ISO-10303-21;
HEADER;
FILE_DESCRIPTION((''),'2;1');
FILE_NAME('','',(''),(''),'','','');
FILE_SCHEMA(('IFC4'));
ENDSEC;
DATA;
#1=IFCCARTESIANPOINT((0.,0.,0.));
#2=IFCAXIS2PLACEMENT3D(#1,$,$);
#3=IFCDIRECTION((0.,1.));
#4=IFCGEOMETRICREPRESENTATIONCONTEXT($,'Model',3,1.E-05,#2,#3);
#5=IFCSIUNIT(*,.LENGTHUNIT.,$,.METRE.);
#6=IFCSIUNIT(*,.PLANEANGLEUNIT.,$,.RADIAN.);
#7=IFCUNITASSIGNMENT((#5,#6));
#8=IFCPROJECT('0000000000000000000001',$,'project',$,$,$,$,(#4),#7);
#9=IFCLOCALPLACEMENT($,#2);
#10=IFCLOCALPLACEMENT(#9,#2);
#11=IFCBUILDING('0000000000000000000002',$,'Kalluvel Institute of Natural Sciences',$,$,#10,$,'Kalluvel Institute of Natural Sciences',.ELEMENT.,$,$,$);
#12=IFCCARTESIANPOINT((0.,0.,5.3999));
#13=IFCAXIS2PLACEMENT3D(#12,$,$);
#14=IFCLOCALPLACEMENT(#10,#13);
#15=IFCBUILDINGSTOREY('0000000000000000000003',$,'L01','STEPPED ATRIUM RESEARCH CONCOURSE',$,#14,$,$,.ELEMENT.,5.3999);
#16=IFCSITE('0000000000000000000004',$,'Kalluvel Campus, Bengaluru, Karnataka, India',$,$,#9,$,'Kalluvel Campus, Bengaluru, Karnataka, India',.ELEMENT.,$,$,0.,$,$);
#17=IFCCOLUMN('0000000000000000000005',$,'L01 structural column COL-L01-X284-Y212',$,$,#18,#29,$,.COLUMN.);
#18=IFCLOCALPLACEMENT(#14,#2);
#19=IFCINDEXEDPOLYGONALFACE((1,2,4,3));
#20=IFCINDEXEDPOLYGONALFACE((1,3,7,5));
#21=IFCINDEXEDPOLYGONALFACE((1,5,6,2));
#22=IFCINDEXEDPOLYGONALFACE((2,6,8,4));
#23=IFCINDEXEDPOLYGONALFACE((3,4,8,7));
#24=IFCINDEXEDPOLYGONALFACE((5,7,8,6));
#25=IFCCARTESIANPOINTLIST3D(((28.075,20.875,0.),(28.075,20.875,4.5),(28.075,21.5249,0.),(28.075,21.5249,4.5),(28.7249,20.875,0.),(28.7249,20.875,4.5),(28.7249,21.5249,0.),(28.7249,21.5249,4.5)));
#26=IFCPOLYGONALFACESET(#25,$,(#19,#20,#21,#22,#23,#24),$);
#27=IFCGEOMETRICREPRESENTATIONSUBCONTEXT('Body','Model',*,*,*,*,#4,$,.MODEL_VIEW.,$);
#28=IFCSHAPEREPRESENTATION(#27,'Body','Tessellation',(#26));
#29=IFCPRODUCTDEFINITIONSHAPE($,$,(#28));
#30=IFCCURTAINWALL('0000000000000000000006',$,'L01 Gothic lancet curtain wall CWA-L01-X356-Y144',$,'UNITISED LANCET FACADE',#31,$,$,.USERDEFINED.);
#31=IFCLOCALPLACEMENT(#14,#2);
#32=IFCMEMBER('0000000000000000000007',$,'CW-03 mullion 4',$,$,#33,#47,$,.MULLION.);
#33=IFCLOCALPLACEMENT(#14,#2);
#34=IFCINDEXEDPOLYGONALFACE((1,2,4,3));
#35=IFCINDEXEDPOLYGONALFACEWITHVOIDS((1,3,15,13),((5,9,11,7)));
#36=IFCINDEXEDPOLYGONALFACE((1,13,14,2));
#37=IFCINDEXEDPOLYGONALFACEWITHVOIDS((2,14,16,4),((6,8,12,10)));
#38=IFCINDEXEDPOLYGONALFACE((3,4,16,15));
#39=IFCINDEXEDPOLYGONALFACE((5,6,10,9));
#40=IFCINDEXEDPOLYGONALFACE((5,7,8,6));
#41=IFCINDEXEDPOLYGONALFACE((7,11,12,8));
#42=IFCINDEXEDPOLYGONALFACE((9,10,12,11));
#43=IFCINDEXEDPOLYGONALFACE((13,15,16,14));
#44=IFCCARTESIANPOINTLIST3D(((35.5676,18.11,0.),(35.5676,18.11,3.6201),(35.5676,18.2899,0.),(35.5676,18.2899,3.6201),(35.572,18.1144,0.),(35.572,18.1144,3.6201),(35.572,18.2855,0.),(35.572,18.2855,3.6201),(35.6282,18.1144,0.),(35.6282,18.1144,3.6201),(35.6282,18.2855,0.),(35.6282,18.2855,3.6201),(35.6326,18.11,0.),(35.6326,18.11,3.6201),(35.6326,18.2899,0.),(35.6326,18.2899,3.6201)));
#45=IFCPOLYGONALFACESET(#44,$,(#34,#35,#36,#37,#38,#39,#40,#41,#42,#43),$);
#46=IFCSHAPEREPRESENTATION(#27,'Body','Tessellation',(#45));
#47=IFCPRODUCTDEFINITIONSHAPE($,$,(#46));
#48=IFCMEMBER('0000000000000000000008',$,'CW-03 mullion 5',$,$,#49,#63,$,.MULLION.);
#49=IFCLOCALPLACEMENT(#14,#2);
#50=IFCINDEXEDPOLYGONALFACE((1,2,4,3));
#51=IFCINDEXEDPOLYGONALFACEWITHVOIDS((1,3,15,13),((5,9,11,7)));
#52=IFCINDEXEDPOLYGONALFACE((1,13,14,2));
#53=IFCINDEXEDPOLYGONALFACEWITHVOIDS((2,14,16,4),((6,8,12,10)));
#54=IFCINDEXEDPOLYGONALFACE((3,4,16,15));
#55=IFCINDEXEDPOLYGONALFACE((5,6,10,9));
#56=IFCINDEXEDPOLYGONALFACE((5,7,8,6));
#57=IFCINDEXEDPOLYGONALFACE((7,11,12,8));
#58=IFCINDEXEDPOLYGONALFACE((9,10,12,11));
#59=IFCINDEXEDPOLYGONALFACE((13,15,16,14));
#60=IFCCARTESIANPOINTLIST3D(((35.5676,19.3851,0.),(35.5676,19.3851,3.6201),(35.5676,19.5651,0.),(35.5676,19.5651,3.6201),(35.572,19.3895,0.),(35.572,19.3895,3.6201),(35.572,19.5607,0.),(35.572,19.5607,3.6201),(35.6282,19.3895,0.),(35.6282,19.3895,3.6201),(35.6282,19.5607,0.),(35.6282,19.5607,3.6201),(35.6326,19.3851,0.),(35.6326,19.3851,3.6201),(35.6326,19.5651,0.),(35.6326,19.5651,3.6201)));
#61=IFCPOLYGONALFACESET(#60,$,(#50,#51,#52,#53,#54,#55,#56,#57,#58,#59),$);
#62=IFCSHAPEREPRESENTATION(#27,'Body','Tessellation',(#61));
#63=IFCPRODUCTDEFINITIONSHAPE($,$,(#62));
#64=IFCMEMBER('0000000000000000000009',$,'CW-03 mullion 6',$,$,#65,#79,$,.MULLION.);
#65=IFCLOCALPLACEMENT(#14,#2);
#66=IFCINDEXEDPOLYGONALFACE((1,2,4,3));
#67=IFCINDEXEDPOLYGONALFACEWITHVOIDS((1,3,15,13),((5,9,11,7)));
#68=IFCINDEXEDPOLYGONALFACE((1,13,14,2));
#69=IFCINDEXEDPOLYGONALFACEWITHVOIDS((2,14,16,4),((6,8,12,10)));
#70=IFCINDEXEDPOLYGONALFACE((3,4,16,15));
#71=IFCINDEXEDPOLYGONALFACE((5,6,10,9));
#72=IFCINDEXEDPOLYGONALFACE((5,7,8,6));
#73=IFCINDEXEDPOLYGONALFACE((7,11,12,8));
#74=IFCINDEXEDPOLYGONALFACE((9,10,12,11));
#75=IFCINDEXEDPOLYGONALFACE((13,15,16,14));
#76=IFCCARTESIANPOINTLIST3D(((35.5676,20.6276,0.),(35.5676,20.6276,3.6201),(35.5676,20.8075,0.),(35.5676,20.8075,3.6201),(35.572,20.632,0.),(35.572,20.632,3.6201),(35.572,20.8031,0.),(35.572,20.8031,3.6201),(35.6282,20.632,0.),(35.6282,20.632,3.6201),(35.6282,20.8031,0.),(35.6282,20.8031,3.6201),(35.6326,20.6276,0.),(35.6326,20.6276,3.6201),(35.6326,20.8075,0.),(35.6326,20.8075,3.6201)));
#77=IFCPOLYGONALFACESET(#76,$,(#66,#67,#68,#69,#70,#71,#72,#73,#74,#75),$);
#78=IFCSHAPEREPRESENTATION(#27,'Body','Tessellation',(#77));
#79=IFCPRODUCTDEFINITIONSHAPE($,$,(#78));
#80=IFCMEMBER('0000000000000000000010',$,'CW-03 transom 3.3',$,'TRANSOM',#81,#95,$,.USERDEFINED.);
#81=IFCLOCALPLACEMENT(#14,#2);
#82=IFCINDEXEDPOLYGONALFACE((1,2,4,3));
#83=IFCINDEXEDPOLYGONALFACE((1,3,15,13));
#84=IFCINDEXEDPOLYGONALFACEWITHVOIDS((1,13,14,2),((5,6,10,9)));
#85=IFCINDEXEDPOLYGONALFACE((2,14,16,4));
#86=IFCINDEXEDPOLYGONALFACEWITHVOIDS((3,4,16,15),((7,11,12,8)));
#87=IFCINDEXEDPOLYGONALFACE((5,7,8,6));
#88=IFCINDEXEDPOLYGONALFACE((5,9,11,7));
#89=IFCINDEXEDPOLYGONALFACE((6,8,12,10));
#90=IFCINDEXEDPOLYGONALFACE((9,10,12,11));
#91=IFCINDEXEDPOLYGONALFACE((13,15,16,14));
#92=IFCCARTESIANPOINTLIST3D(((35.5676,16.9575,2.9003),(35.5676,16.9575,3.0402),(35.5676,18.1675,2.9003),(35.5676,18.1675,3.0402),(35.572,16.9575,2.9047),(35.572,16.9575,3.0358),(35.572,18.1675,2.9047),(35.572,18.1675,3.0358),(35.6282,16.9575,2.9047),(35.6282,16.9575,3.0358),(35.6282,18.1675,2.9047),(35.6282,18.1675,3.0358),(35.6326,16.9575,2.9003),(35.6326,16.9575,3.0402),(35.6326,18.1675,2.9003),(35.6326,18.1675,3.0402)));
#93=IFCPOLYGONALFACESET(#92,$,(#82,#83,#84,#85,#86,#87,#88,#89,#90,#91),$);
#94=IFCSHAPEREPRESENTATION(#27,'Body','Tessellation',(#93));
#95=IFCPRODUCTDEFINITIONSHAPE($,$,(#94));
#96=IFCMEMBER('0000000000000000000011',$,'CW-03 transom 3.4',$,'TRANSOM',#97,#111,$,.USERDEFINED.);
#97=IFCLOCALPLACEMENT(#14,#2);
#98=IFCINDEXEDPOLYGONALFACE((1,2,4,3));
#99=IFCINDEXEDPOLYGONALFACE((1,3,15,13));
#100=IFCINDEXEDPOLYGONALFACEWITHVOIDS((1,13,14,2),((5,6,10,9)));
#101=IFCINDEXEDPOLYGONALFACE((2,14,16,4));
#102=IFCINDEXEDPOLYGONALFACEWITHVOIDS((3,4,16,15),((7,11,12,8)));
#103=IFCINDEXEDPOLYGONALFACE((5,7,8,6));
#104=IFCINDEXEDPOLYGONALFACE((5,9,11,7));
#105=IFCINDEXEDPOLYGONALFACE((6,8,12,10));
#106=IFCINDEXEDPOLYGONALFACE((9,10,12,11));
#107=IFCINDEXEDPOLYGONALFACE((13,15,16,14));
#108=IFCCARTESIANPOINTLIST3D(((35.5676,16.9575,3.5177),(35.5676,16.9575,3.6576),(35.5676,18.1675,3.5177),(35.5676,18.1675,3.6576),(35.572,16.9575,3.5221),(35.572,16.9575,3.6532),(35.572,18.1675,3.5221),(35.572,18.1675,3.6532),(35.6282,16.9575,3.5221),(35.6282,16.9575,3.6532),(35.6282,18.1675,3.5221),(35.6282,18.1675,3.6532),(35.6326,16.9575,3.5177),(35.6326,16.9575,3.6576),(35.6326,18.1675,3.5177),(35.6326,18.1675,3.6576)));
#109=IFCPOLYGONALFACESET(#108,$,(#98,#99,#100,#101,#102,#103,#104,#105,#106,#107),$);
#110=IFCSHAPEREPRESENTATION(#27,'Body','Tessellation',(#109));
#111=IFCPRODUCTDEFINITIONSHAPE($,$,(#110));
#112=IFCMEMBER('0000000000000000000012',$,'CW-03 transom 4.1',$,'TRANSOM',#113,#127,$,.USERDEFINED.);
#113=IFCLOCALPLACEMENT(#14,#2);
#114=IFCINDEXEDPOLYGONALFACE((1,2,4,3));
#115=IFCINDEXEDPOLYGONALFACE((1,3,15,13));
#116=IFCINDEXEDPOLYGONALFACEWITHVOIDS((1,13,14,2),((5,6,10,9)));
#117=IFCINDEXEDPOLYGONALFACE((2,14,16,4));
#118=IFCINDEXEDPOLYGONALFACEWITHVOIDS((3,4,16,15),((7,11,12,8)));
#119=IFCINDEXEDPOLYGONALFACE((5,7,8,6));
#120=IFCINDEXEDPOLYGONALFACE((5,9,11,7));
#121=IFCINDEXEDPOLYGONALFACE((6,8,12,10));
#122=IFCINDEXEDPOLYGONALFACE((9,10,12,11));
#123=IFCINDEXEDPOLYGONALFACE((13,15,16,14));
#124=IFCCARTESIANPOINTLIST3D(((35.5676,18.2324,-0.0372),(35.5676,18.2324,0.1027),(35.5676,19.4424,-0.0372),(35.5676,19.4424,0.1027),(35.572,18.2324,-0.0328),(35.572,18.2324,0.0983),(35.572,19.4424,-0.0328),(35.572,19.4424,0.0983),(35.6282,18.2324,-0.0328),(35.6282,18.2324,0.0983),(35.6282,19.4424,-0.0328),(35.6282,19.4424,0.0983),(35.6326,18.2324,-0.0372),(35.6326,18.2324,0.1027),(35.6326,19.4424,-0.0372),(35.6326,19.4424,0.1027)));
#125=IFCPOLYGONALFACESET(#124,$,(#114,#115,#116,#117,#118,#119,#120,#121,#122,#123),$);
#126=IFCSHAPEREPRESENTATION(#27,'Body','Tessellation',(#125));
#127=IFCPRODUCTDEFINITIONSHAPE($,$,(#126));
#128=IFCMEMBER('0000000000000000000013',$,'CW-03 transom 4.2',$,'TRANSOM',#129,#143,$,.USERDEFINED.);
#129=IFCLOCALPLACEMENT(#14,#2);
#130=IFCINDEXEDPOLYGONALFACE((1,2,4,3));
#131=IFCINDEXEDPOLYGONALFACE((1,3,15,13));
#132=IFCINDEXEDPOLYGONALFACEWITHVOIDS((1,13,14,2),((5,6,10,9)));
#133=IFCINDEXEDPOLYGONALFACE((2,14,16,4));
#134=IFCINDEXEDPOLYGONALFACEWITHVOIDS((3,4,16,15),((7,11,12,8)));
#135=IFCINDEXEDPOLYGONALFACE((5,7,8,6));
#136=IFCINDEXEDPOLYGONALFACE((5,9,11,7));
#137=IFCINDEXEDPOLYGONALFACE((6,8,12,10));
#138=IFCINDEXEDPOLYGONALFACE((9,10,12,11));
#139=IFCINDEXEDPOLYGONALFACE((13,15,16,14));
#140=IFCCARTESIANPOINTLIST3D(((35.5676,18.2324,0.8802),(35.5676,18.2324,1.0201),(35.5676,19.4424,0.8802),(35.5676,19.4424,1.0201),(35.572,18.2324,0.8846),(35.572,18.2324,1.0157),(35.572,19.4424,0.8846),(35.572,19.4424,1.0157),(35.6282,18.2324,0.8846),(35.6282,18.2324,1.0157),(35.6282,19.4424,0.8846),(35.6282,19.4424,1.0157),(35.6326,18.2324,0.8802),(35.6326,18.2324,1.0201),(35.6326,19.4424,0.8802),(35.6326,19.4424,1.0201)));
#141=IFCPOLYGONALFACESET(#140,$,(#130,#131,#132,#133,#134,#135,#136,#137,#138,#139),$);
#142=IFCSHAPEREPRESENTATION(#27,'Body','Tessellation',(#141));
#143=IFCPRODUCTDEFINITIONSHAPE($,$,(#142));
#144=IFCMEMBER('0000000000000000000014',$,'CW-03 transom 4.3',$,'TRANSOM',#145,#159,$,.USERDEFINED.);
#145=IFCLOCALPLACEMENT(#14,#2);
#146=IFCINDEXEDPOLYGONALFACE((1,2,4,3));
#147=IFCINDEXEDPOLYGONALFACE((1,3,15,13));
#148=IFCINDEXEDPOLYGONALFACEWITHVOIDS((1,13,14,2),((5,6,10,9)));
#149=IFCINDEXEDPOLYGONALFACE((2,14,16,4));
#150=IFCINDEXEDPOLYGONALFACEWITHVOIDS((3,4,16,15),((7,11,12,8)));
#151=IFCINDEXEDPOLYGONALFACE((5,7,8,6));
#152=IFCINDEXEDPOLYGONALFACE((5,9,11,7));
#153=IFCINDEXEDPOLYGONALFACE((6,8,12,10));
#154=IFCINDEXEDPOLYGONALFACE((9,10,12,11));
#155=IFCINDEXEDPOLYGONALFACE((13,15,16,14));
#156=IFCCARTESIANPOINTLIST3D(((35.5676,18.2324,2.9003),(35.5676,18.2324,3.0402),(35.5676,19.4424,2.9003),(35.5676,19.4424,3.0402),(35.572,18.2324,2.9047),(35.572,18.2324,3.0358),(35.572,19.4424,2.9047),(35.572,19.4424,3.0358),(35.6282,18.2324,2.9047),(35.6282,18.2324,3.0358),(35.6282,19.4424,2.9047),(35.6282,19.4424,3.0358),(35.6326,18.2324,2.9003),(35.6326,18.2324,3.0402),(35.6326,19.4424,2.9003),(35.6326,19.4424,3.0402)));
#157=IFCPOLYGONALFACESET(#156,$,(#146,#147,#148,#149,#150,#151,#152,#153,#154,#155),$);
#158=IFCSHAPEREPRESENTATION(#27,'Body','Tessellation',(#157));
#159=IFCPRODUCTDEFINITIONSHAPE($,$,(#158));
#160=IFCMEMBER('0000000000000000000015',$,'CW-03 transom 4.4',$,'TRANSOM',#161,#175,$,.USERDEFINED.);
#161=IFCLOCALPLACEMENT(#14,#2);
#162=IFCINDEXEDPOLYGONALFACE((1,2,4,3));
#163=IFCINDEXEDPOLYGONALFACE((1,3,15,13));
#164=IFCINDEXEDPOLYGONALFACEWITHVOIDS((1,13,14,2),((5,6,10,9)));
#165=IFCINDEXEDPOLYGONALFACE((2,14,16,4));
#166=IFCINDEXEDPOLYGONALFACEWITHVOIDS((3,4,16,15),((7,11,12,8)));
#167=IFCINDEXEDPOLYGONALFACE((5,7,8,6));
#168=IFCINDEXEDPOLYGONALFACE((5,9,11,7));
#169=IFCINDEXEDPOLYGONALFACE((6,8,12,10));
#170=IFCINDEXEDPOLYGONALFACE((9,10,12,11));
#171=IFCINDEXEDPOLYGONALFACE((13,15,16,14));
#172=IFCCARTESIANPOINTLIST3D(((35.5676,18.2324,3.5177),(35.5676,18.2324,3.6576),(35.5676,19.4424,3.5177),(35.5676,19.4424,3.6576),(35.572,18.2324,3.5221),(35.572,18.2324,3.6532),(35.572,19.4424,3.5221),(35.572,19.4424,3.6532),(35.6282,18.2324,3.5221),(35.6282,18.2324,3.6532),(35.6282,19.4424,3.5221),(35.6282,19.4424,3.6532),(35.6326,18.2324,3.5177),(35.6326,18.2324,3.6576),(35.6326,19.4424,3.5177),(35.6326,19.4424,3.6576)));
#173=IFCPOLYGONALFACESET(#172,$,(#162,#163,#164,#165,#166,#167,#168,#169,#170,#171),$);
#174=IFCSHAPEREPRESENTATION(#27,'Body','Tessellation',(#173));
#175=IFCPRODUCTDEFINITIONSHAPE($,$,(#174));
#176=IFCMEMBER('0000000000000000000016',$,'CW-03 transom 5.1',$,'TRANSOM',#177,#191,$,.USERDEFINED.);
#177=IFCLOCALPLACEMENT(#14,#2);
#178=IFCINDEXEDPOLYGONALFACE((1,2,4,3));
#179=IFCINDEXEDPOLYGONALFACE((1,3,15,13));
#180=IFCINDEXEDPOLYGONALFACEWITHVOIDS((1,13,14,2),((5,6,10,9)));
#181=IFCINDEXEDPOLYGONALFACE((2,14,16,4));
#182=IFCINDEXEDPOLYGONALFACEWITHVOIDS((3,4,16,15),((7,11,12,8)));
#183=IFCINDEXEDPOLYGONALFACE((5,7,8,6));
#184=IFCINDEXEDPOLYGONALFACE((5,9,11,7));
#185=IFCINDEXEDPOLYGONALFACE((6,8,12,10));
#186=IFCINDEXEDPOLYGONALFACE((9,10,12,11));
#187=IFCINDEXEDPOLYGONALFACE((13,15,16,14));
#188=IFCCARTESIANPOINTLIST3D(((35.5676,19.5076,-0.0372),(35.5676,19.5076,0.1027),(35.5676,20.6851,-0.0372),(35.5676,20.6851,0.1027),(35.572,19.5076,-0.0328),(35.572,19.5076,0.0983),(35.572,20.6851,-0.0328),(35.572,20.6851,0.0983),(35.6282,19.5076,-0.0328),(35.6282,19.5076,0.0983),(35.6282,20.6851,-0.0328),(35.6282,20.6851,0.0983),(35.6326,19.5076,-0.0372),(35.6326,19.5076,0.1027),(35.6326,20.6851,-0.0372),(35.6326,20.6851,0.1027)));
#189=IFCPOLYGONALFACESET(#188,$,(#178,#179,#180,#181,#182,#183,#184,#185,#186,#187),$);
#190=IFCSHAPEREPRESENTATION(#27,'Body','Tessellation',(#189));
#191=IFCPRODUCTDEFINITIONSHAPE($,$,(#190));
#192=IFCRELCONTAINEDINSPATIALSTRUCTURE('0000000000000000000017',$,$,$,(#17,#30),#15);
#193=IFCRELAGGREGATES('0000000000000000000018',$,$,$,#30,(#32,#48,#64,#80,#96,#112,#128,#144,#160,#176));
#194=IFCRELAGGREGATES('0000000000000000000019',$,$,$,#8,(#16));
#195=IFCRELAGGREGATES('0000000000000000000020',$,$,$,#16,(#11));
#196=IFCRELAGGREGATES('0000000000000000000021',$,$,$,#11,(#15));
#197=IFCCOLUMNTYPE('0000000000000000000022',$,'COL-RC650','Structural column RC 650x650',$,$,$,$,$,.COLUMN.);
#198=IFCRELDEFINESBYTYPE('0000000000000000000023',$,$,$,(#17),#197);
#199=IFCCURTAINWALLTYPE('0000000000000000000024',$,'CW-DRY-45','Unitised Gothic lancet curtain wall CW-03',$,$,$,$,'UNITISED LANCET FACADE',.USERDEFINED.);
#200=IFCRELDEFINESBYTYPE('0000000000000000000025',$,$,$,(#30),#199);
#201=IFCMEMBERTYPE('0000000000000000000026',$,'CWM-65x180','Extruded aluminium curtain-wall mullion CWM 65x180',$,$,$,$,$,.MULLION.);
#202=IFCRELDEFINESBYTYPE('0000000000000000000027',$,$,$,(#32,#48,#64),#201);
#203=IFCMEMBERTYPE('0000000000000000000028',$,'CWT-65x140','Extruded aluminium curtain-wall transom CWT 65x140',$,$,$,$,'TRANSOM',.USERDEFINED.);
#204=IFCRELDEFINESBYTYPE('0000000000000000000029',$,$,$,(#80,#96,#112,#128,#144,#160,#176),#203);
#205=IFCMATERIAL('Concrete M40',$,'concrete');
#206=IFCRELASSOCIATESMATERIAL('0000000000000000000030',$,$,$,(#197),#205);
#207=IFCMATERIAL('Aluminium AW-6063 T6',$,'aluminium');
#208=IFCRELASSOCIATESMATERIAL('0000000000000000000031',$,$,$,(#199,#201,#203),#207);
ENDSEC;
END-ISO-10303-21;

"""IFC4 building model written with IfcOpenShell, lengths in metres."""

from ifc_helpers import new_model, si_unit, direction, frame, origin, origin_2d, place, context, subcontext, project, spatial, rectangle, hollow_rectangle, extrude, material, material_profile, profile_set, type_object, element, aggregate, save


model = new_model("IFC4")

# Units and contexts
model_context = context("Model", 3, precision=1e-05, world=origin(), true_north=direction((0.0, 1.0)))
body_context = subcontext(model_context, "Body", "Model", "MODEL_VIEW")
ifc_project = project(units=[si_unit("LENGTHUNIT", "METRE"), si_unit("PLANEANGLEUNIT", "RADIAN")], contexts=[model_context])

# Site, building, storey
site_placement = place(None, origin())
site = spatial("IfcSite", under=ifc_project, at=site_placement, Name="Kalluvel Campus, Bengaluru, Karnataka, India", LongName="Kalluvel Campus, Bengaluru, Karnataka, India", CompositionType="ELEMENT", RefElevation=0.0)
building_placement = place(site_placement, origin())
building = spatial("IfcBuilding", under=site, at=building_placement, Name="Kalluvel Institute of Natural Sciences", LongName="Kalluvel Institute of Natural Sciences", CompositionType="ELEMENT")
storey_placement = place(building_placement, frame((0.0, 0.0, 5.3999)))
storey = spatial("IfcBuildingStorey", under=building, at=storey_placement, Name="L01", Description="STEPPED ATRIUM RESEARCH CONCOURSE", CompositionType="ELEMENT", Elevation=5.3999)

# Column
ifc_material_1 = material(Name="Concrete M40", Category="concrete")
ifc_material_profile_1 = material_profile(ifc_material_1, rectangle(XDim=0.6499, YDim=0.6499, at=origin_2d()), Name="RC 650x650")
ifc_profile_set_1 = profile_set([ifc_material_profile_1], Name="Concrete M40")
column_type = type_object("IfcColumnType", Name="COL-RC650", Description="Structural column RC 650x650", PredefinedType="COLUMN", material=ifc_profile_set_1)
column_placement = place(storey_placement, frame((28.3999, 21.2, 0.0), z_axis=(0.0, 0.0, 1.0), x_axis=(1.0, 0.0, 0.0)))
element("IfcColumn", 1, at=column_placement, inside=storey, type_object=column_type, Name="L01 structural column COL-L01-X284-Y212", PredefinedType="COLUMN", context=body_context, shape_type="SweptSolid", body=[
    extrude(rectangle(XDim=0.6499, YDim=0.6499, at=origin_2d()), origin(), (0.0, 0.0, 1.0), 4.5),
])

# Curtain wall, members
ifc_material_2 = material(Name="Aluminium AW-6063 T6", Category="aluminium")
curtain_wall_type = type_object("IfcCurtainWallType", Name="CW-DRY-45", Description="Unitised Gothic lancet curtain wall CW-03", ElementType="UNITISED LANCET FACADE", PredefinedType="USERDEFINED", material=ifc_material_2)
curtain_wall_placement = place(storey_placement, origin())
curtain_wall = element("IfcCurtainWall", 2, at=curtain_wall_placement, inside=storey, type_object=curtain_wall_type, Name="L01 Gothic lancet curtain wall CWA-L01-X356-Y144", ObjectType="UNITISED LANCET FACADE", PredefinedType="USERDEFINED")
ifc_material_profile_2 = material_profile(ifc_material_2, hollow_rectangle(XDim=0.0649, YDim=0.1799, WallThickness=0.0044, at=origin_2d()), Name="CWM 65x180")
ifc_profile_set_2 = profile_set([ifc_material_profile_2], Name="Aluminium AW-6063 T6")
member_type_1 = type_object("IfcMemberType", Name="CWM-65x180", Description="Extruded aluminium curtain-wall mullion CWM 65x180", PredefinedType="MULLION", material=ifc_profile_set_2)
member_1_placement = place(storey_placement, frame((35.6001, 18.2, 0.0), z_axis=(0.0, 0.0, 1.0), x_axis=(-1.0, 0.0, 0.0)))
member_1 = element("IfcMember", 3, at=member_1_placement, type_object=member_type_1, Name="CW-03 mullion 4", PredefinedType="MULLION", context=body_context, shape_type="SweptSolid", body=[
    extrude(hollow_rectangle(XDim=0.0649, YDim=0.1799, WallThickness=0.0044, at=origin_2d()), origin(), (0.0, 0.0, 1.0), 3.6201),
])
member_2_placement = place(storey_placement, frame((35.6001, 19.4751, 0.0), z_axis=(0.0, 0.0, 1.0), x_axis=(-1.0, 0.0, 0.0)))
member_2 = element("IfcMember", 4, at=member_2_placement, type_object=member_type_1, Name="CW-03 mullion 5", PredefinedType="MULLION", context=body_context, shape_type="SweptSolid", body=[
    extrude(hollow_rectangle(XDim=0.0649, YDim=0.1799, WallThickness=0.0044, at=origin_2d()), origin(), (0.0, 0.0, 1.0), 3.6201),
])
member_3_placement = place(storey_placement, frame((35.6001, 20.7175, 0.0), z_axis=(0.0, 0.0, 1.0), x_axis=(-1.0, 0.0, 0.0)))
member_3 = element("IfcMember", 5, at=member_3_placement, type_object=member_type_1, Name="CW-03 mullion 6", PredefinedType="MULLION", context=body_context, shape_type="SweptSolid", body=[
    extrude(hollow_rectangle(XDim=0.0649, YDim=0.1799, WallThickness=0.0044, at=origin_2d()), origin(), (0.0, 0.0, 1.0), 3.6201),
])
ifc_material_profile_3 = material_profile(ifc_material_2, hollow_rectangle(XDim=0.0649, YDim=0.1399, WallThickness=0.0044, at=origin_2d()), Name="CWT 65x140")
ifc_profile_set_3 = profile_set([ifc_material_profile_3], Name="Aluminium AW-6063 T6")
member_type_2 = type_object("IfcMemberType", Name="CWT-65x140", Description="Extruded aluminium curtain-wall transom CWT 65x140", ElementType="TRANSOM", PredefinedType="USERDEFINED", material=ifc_profile_set_3)
member_4_placement = place(storey_placement, frame((35.6001, 16.9575, 2.9702), z_axis=(0.0, 1.0, 0.0), x_axis=(-1.0, 0.0, 0.0)))
member_4 = element("IfcMember", 6, at=member_4_placement, type_object=member_type_2, Name="CW-03 transom 3.3", ObjectType="TRANSOM", PredefinedType="USERDEFINED", context=body_context, shape_type="SweptSolid", body=[
    extrude(hollow_rectangle(XDim=0.0649, YDim=0.1399, WallThickness=0.0044, at=origin_2d()), origin(), (0.0, 0.0, 1.0), 1.21),
])
member_5_placement = place(storey_placement, frame((35.6001, 16.9575, 3.5876), z_axis=(0.0, 1.0, 0.0), x_axis=(-1.0, 0.0, 0.0)))
member_5 = element("IfcMember", 7, at=member_5_placement, type_object=member_type_2, Name="CW-03 transom 3.4", ObjectType="TRANSOM", PredefinedType="USERDEFINED", context=body_context, shape_type="SweptSolid", body=[
    extrude(hollow_rectangle(XDim=0.0649, YDim=0.1399, WallThickness=0.0044, at=origin_2d()), origin(), (0.0, 0.0, 1.0), 1.21),
])
member_6_placement = place(storey_placement, frame((35.6001, 18.2324, 0.0327), z_axis=(0.0, 1.0, 0.0), x_axis=(-1.0, 0.0, 0.0)))
member_6 = element("IfcMember", 8, at=member_6_placement, type_object=member_type_2, Name="CW-03 transom 4.1", ObjectType="TRANSOM", PredefinedType="USERDEFINED", context=body_context, shape_type="SweptSolid", body=[
    extrude(hollow_rectangle(XDim=0.0649, YDim=0.1399, WallThickness=0.0044, at=origin_2d()), origin(), (0.0, 0.0, 1.0), 1.21),
])
member_7_placement = place(storey_placement, frame((35.6001, 18.2324, 0.9502), z_axis=(0.0, 1.0, 0.0), x_axis=(-1.0, 0.0, 0.0)))
member_7 = element("IfcMember", 9, at=member_7_placement, type_object=member_type_2, Name="CW-03 transom 4.2", ObjectType="TRANSOM", PredefinedType="USERDEFINED", context=body_context, shape_type="SweptSolid", body=[
    extrude(hollow_rectangle(XDim=0.0649, YDim=0.1399, WallThickness=0.0044, at=origin_2d()), origin(), (0.0, 0.0, 1.0), 1.21),
])
member_8_placement = place(storey_placement, frame((35.6001, 18.2324, 2.9702), z_axis=(0.0, 1.0, 0.0), x_axis=(-1.0, 0.0, 0.0)))
member_8 = element("IfcMember", 10, at=member_8_placement, type_object=member_type_2, Name="CW-03 transom 4.3", ObjectType="TRANSOM", PredefinedType="USERDEFINED", context=body_context, shape_type="SweptSolid", body=[
    extrude(hollow_rectangle(XDim=0.0649, YDim=0.1399, WallThickness=0.0044, at=origin_2d()), origin(), (0.0, 0.0, 1.0), 1.21),
])
member_9_placement = place(storey_placement, frame((35.6001, 18.2324, 3.5876), z_axis=(0.0, 1.0, 0.0), x_axis=(-1.0, 0.0, 0.0)))
member_9 = element("IfcMember", 11, at=member_9_placement, type_object=member_type_2, Name="CW-03 transom 4.4", ObjectType="TRANSOM", PredefinedType="USERDEFINED", context=body_context, shape_type="SweptSolid", body=[
    extrude(hollow_rectangle(XDim=0.0649, YDim=0.1399, WallThickness=0.0044, at=origin_2d()), origin(), (0.0, 0.0, 1.0), 1.21),
])
member_10_placement = place(storey_placement, frame((35.6001, 19.5076, 0.0327), z_axis=(0.0, 1.0, 0.0), x_axis=(-1.0, 0.0, 0.0)))
member_10 = element("IfcMember", 12, at=member_10_placement, type_object=member_type_2, Name="CW-03 transom 5.1", ObjectType="TRANSOM", PredefinedType="USERDEFINED", context=body_context, shape_type="SweptSolid", body=[
    extrude(hollow_rectangle(XDim=0.0649, YDim=0.1399, WallThickness=0.0044, at=origin_2d()), origin(), (0.0, 0.0, 1.0), 1.1775),
])
aggregate(curtain_wall, [member_1, member_2, member_3, member_4, member_5, member_6, member_7, member_8, member_9, member_10])

save(model, "model.ifc")
